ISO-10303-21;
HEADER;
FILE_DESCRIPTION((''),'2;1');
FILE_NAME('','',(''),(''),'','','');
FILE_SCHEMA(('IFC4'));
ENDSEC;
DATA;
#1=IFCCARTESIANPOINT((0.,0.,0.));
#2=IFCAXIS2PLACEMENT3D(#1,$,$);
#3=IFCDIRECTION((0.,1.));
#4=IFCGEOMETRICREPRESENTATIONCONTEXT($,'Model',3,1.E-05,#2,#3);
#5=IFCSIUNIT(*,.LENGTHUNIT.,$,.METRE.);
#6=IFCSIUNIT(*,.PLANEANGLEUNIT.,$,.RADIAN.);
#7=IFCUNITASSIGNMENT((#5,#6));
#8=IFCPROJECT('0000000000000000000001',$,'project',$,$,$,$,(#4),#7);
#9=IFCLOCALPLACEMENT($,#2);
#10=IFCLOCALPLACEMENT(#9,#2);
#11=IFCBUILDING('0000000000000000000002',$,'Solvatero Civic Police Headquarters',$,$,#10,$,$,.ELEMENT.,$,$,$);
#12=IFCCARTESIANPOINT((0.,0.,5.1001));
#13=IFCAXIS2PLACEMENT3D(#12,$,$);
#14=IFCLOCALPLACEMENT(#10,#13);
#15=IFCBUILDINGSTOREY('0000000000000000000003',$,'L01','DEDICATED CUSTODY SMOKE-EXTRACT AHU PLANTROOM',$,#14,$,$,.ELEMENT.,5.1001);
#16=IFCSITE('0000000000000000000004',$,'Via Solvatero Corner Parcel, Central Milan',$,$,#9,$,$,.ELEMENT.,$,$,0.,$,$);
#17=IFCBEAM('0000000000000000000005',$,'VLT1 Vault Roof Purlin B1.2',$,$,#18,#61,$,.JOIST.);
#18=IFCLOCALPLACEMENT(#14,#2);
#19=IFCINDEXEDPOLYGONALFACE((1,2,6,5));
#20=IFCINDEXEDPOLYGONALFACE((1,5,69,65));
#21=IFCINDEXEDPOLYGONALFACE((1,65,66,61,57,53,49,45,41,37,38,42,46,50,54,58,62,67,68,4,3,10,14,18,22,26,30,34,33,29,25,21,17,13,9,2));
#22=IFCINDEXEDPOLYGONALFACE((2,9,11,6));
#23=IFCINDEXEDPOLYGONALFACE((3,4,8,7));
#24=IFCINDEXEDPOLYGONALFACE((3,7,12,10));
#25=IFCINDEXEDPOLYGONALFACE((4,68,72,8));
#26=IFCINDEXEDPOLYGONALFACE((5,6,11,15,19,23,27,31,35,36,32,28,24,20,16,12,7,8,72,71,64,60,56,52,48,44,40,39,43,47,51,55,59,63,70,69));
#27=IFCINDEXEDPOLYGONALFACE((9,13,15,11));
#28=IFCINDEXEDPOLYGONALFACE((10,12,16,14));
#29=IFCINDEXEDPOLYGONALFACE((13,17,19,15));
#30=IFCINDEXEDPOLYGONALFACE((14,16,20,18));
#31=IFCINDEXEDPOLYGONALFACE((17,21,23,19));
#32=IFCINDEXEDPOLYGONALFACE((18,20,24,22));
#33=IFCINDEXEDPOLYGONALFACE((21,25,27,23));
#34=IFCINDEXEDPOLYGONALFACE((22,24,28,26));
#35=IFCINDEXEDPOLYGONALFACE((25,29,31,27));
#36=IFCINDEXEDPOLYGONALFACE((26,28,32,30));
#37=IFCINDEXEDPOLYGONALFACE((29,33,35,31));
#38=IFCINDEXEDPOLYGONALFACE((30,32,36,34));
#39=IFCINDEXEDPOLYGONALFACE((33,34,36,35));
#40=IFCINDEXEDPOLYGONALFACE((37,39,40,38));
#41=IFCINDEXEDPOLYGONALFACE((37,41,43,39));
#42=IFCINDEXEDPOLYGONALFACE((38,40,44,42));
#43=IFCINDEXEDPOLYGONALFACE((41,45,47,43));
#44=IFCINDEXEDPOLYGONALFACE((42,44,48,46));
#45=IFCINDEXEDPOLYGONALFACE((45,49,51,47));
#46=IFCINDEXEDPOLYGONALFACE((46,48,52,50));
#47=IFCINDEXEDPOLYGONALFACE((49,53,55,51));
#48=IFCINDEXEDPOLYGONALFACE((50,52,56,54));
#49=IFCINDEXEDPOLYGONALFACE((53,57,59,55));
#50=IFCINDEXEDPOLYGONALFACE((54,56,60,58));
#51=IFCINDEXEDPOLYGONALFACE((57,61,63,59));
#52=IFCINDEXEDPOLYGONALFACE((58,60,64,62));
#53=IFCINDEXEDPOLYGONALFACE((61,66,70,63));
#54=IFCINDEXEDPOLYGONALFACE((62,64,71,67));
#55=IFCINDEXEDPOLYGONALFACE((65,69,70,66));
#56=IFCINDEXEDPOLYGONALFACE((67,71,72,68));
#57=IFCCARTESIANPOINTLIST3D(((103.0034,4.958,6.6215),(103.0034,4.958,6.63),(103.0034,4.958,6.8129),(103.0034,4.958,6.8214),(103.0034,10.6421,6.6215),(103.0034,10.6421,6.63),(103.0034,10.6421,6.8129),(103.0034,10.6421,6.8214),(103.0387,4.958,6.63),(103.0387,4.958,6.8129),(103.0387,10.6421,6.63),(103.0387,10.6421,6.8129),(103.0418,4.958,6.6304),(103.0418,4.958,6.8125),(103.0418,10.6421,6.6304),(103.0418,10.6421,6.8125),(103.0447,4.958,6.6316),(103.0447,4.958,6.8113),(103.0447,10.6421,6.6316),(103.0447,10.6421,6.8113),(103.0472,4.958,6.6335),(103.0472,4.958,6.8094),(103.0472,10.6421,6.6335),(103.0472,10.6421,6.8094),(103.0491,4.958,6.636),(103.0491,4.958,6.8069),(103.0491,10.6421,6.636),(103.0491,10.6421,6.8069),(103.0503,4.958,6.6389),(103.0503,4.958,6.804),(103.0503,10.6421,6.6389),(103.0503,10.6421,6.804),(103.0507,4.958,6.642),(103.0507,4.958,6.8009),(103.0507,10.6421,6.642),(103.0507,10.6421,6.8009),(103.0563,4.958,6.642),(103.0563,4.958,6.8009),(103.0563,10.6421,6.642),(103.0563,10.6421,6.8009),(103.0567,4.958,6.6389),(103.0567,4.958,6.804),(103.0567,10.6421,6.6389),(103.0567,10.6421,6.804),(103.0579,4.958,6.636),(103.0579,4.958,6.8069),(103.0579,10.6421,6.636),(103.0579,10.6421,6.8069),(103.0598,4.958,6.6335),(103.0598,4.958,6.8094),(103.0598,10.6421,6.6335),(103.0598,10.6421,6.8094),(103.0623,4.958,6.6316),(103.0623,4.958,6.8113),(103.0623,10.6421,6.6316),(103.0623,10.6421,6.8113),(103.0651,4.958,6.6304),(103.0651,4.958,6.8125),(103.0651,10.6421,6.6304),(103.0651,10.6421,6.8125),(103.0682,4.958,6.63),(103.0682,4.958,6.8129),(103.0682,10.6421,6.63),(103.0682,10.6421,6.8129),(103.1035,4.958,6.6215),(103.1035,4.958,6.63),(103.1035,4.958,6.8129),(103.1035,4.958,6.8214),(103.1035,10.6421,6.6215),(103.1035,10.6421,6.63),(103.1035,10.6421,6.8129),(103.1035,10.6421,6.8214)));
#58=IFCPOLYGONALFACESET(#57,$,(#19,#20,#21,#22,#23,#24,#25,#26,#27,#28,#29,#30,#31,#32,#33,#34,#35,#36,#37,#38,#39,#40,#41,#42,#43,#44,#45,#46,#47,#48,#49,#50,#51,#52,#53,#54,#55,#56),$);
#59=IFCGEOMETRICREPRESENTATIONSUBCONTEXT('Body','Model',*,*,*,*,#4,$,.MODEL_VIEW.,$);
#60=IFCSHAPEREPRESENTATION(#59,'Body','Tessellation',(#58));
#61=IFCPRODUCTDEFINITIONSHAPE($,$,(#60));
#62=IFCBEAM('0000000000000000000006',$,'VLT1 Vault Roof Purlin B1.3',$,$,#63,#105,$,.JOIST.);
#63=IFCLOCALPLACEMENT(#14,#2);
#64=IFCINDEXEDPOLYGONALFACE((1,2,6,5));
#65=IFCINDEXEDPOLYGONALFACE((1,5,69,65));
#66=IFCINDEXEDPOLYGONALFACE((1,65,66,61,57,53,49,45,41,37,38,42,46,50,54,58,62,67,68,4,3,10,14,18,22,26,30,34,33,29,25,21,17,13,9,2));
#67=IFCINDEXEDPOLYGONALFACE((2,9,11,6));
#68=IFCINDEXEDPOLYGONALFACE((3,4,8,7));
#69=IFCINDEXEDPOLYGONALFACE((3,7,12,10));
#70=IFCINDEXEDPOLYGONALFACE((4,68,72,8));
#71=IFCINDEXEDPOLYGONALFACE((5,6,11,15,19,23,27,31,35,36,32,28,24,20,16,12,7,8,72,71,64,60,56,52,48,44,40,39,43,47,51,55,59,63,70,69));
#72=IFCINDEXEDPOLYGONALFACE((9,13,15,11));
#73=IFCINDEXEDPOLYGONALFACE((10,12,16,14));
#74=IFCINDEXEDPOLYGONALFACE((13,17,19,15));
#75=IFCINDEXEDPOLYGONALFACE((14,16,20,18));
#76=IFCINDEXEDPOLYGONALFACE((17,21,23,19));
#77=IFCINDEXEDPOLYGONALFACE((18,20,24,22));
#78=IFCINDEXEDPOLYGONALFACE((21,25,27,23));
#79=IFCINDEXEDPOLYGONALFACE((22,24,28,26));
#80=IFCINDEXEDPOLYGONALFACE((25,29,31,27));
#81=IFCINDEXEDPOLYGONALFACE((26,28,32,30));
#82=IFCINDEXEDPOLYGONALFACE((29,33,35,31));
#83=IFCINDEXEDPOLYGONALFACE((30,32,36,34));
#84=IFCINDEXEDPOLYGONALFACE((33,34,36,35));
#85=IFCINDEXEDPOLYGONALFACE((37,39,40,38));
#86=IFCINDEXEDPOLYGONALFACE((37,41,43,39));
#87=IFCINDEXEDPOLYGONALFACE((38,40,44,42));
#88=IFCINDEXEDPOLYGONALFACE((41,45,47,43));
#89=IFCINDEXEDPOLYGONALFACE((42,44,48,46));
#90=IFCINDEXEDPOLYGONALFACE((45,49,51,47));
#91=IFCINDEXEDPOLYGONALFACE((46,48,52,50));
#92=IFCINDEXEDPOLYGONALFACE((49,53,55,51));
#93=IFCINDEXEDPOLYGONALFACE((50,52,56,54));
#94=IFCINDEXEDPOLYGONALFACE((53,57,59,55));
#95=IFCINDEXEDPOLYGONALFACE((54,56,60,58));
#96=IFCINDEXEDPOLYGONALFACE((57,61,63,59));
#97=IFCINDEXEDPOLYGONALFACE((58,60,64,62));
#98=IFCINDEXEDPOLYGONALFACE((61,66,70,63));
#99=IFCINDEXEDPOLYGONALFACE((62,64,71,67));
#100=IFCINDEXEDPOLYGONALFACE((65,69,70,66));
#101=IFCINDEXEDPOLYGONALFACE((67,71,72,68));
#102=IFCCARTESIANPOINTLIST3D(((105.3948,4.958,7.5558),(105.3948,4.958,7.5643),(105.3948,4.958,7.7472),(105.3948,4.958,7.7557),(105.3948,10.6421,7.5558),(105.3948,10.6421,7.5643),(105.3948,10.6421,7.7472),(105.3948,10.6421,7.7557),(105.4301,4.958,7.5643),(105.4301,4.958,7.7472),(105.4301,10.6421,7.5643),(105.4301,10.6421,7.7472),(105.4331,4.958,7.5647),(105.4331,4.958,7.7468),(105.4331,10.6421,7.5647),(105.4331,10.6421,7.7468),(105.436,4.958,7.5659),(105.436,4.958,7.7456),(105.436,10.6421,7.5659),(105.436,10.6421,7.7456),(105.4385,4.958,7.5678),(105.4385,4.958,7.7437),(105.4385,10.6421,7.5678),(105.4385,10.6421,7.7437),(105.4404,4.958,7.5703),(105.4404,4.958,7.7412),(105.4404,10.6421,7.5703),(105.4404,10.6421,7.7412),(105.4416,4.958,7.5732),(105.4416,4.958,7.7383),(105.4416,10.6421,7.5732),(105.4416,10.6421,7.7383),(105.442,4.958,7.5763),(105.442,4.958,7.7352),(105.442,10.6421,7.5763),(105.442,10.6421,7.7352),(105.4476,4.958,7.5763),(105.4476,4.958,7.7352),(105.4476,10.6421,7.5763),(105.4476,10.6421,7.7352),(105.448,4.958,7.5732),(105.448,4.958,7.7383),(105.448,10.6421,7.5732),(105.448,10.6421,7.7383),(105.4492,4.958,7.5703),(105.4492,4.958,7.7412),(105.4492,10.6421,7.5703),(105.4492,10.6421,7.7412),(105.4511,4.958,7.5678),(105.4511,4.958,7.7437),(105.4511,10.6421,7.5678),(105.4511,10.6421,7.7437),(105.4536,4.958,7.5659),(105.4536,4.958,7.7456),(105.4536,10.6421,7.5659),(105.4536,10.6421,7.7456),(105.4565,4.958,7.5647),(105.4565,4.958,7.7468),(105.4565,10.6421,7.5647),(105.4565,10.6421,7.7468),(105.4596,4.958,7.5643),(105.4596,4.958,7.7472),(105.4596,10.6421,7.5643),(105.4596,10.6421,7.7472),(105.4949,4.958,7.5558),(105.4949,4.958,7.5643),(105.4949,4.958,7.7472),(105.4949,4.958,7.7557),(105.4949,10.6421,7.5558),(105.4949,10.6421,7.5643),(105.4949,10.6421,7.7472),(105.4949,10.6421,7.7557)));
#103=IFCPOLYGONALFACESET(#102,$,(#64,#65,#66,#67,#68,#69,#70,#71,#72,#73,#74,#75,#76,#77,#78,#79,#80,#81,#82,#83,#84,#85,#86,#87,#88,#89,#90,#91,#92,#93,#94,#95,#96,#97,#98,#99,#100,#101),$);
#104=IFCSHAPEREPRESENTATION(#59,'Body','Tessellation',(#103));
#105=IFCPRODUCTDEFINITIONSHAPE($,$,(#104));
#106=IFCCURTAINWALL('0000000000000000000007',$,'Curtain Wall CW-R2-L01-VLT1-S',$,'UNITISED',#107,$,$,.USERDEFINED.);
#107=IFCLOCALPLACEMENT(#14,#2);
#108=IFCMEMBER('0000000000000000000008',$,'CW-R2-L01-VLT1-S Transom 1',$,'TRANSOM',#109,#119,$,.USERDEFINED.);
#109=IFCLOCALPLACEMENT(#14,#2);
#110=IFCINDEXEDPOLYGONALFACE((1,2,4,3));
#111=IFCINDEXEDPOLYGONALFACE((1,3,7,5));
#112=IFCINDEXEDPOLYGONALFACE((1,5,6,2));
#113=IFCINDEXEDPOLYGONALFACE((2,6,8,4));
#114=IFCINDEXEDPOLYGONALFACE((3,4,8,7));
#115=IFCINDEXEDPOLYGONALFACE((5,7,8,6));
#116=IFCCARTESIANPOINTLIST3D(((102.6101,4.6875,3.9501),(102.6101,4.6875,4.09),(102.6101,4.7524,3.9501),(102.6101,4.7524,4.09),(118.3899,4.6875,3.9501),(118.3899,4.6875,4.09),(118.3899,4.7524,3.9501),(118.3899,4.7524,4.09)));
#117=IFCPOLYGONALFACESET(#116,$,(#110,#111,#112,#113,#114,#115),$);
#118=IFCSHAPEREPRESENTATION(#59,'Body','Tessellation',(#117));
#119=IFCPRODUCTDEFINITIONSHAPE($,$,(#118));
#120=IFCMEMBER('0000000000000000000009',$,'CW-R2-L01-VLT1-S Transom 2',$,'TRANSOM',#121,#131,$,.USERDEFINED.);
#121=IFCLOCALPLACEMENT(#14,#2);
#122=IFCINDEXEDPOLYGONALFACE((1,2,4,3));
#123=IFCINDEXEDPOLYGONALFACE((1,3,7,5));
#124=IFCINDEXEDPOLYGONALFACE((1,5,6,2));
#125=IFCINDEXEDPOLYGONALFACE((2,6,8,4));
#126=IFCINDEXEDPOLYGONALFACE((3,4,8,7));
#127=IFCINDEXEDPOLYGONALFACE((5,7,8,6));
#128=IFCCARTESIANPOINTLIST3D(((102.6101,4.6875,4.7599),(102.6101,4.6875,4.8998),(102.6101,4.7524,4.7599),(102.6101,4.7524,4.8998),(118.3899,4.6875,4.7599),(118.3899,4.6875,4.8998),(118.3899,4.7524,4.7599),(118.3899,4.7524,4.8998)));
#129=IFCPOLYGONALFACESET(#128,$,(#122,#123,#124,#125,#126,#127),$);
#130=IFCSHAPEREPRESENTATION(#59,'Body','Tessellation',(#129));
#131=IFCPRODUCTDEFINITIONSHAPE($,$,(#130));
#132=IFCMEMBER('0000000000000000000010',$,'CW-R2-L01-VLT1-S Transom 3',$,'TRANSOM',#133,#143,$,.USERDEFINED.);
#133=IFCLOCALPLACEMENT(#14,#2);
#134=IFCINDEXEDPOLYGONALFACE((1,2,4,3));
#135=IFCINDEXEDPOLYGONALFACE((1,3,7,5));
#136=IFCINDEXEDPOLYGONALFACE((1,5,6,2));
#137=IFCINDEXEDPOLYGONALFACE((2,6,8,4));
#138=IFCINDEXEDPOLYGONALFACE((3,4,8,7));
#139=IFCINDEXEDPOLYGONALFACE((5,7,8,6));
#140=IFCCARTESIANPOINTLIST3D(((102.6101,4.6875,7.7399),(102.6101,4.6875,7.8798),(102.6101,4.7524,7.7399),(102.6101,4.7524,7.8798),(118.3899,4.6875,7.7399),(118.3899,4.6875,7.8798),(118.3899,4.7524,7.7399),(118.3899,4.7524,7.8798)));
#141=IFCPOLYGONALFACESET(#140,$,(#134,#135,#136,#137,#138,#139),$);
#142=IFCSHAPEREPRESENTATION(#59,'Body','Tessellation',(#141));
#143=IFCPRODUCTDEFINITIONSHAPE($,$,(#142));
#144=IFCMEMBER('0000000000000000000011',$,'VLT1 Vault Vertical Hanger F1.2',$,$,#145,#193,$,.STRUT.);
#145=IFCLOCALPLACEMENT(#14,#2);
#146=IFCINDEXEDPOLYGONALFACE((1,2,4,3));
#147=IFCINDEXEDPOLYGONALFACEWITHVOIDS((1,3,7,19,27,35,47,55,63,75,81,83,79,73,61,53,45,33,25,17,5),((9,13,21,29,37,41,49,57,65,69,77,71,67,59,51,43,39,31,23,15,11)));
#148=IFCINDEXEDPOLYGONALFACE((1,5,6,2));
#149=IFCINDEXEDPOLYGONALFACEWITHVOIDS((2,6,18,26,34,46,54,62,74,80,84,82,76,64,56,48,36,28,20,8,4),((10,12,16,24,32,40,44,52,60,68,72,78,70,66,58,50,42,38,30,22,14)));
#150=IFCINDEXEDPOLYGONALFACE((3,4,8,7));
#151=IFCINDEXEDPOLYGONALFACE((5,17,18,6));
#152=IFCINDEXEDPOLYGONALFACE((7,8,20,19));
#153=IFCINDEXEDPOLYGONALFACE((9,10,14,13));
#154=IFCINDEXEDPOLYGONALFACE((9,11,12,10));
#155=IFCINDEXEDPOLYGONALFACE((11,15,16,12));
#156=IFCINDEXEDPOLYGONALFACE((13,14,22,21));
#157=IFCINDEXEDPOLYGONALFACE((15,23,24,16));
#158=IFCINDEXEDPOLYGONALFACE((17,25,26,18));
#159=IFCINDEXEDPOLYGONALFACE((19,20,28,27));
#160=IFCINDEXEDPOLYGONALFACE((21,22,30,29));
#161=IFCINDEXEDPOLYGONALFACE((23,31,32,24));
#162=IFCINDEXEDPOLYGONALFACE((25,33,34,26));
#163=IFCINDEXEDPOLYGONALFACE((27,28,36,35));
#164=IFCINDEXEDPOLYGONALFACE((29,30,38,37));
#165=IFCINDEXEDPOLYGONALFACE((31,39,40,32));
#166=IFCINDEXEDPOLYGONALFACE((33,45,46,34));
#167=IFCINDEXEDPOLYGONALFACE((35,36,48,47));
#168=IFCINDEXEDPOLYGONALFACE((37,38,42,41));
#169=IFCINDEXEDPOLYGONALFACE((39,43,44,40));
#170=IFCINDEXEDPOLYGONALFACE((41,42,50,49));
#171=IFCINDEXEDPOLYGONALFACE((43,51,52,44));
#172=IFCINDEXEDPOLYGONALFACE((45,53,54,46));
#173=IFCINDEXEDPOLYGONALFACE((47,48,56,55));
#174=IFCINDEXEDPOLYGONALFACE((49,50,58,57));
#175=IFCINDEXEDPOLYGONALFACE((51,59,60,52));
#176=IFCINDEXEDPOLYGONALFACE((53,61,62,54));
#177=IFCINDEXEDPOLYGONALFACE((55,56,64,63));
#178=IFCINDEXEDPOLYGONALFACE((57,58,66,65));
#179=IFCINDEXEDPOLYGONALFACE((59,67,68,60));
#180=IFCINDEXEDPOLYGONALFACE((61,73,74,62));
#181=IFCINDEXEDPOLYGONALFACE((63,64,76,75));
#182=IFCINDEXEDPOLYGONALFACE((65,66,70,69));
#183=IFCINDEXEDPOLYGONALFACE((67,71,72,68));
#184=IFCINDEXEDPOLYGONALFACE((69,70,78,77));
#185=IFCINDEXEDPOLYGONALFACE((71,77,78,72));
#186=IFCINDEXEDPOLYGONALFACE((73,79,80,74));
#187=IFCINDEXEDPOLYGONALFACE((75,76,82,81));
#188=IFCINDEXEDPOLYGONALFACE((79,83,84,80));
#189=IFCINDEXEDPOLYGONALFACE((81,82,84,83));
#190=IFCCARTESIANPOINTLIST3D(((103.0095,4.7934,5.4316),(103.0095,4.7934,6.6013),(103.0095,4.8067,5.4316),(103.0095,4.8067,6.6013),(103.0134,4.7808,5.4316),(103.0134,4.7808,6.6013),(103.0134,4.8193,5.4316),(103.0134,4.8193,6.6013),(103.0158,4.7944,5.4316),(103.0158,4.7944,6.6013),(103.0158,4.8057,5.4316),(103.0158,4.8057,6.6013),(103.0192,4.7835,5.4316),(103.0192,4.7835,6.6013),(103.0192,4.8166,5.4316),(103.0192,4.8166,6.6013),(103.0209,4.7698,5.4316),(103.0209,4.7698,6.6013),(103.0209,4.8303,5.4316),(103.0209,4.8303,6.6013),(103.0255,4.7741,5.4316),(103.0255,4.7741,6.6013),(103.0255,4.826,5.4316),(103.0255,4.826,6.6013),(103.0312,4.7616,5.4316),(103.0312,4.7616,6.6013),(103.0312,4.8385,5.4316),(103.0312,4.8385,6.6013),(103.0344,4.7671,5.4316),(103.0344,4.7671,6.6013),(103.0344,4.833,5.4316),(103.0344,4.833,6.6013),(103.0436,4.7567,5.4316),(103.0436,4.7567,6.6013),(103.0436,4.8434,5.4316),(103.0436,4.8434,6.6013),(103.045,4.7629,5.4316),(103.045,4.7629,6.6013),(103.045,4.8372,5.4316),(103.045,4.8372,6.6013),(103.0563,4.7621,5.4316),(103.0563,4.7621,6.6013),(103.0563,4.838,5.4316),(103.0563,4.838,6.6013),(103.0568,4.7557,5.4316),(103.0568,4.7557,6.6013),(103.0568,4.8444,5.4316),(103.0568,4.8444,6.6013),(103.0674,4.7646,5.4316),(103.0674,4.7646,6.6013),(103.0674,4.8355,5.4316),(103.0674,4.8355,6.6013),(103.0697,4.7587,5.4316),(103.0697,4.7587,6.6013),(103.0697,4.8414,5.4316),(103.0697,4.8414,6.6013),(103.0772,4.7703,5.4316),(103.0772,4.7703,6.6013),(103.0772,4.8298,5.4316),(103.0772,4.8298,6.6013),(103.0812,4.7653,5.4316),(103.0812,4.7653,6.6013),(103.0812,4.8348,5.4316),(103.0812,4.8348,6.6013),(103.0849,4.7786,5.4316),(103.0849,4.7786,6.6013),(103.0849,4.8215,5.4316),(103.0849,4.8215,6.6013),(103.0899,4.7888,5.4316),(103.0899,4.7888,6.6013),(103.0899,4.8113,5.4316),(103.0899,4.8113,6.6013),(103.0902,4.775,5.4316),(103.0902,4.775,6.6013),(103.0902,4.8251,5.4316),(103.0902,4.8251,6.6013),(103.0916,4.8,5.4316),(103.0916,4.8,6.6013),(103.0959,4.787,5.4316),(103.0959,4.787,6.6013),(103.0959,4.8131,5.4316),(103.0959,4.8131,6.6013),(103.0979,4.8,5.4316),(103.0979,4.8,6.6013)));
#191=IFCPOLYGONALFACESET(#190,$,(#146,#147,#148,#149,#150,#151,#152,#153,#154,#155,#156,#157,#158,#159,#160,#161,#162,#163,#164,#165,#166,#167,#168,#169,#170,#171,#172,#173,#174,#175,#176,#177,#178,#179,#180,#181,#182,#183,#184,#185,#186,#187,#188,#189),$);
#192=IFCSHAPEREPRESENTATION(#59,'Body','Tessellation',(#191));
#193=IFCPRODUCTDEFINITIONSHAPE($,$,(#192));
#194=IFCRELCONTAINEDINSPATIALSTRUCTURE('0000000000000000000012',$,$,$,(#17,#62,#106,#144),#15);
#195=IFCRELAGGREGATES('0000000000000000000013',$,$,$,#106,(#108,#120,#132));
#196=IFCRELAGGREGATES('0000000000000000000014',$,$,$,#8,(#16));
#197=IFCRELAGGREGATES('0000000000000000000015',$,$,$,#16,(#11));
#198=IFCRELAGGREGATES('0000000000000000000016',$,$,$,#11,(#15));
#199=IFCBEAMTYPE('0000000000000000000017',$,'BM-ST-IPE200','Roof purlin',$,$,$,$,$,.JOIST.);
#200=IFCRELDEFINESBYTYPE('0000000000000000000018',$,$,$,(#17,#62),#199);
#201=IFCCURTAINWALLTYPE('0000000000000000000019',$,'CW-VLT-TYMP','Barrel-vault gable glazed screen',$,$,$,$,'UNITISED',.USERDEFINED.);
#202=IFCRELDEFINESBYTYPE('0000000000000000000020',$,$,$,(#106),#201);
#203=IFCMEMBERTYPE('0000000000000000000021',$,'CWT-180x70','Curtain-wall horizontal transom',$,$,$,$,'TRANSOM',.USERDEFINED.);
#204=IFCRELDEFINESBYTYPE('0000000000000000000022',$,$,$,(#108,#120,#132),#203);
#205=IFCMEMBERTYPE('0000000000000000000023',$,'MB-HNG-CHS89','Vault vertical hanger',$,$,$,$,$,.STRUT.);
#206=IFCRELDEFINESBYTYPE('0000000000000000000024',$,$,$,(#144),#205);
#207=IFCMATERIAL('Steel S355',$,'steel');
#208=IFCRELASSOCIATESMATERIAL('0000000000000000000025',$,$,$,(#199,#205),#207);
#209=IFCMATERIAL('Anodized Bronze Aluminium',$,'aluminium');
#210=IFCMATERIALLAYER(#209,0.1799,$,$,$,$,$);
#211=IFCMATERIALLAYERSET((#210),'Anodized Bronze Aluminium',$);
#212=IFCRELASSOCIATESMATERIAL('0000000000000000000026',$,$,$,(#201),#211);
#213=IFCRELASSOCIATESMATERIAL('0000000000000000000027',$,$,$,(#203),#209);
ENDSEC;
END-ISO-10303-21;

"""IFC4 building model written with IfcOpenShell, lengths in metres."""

from ifc_helpers import new_model, si_unit, direction, frame, origin, origin_2d, place, context, subcontext, project, spatial, rectangle, hollow_circle, i_section, extrude, material, layer, layer_set, material_profile, profile_set, type_object, element, aggregate, save


model = new_model("IFC4")

# Units and contexts
model_context = context("Model", 3, precision=1e-05, world=origin(), true_north=direction((0.0, 1.0)))
body_context = subcontext(model_context, "Body", "Model", "MODEL_VIEW")
ifc_project = project(units=[si_unit("LENGTHUNIT", "METRE"), si_unit("PLANEANGLEUNIT", "RADIAN")], contexts=[model_context])

# Site, building, storey
site_placement = place(None, origin())
site = spatial("IfcSite", under=ifc_project, at=site_placement, Name="Via Solvatero Corner Parcel, Central Milan", CompositionType="ELEMENT", RefElevation=0.0)
building_placement = place(site_placement, origin())
building = spatial("IfcBuilding", under=site, at=building_placement, Name="Solvatero Civic Police Headquarters", CompositionType="ELEMENT")
storey_placement = place(building_placement, frame((0.0, 0.0, 5.1001)))
storey = spatial("IfcBuildingStorey", under=building, at=storey_placement, Name="L01", Description="DEDICATED CUSTODY SMOKE-EXTRACT AHU PLANTROOM", CompositionType="ELEMENT", Elevation=5.1001)

# Beams
ifc_material_1 = material(Name="Steel S355", Category="steel")
ifc_material_profile_1 = material_profile(ifc_material_1, i_section(OverallWidth=0.1001, OverallDepth=0.2, WebThickness=0.0056, FlangeThickness=0.0085, FilletRadius=0.012, at=origin_2d()), Name="IPE 200")
ifc_profile_set_1 = profile_set([ifc_material_profile_1], Name="Steel S355")
beam_type_1 = type_object("IfcBeamType", Name="BM-ST-IPE200", Description="Roof purlin", PredefinedType="JOIST", material=ifc_profile_set_1)
for number, where, z_axis, x_axis, name in (
    (1, (103.0535, 4.958, 6.7214), (0.0, 1.0, 0.0), (-1.0, 0.0, 0.0), "VLT1 Vault Roof Purlin B1.2"),
    (2, (105.4448, 4.958, 7.6558), (0.0, 1.0, 0.0), (-1.0, 0.0, 0.0), "VLT1 Vault Roof Purlin B1.3"),
):
    element("IfcBeam", number, at=place(storey_placement, frame(where, z_axis=z_axis, x_axis=x_axis)), inside=storey, type_object=beam_type_1, Name=name, PredefinedType="JOIST", context=body_context, shape_type="SweptSolid", body=[
        extrude(i_section(OverallWidth=0.1001, OverallDepth=0.2, WebThickness=0.0056, FlangeThickness=0.0085, FilletRadius=0.012, at=origin_2d()), origin(), (0.0, 0.0, 1.0), 5.6841),
    ])

# Curtain wall, members
ifc_material_2 = material(Name="Anodized Bronze Aluminium", Category="aluminium")
ifc_layer_1 = layer(ifc_material_2, 0.1799)
ifc_layer_set_1 = layer_set([ifc_layer_1], Name="Anodized Bronze Aluminium")
curtain_wall_type = type_object("IfcCurtainWallType", Name="CW-VLT-TYMP", Description="Barrel-vault gable glazed screen", ElementType="UNITISED", PredefinedType="USERDEFINED", material=ifc_layer_set_1)
curtain_wall_placement = place(storey_placement, origin())
curtain_wall = element("IfcCurtainWall", 3, at=curtain_wall_placement, inside=storey, type_object=curtain_wall_type, Name="Curtain Wall CW-R2-L01-VLT1-S", ObjectType="UNITISED", PredefinedType="USERDEFINED")
ifc_material_profile_2 = material_profile(ifc_material_2, rectangle(XDim=0.0649, YDim=0.1399, at=origin_2d()), Name="ALU TRANSOM 65x140")
ifc_profile_set_2 = profile_set([ifc_material_profile_2], Name="Anodized Bronze Aluminium")
member_type_1 = type_object("IfcMemberType", Name="CWT-180x70", Description="Curtain-wall horizontal transom", ElementType="TRANSOM", PredefinedType="USERDEFINED", material=ifc_profile_set_2)
member_1_placement = place(storey_placement, frame((102.6101, 4.72, 4.02), z_axis=(1.0, 0.0, 0.0), x_axis=(0.0, 1.0, 0.0)))
member_1 = element("IfcMember", 4, at=member_1_placement, type_object=member_type_1, Name="CW-R2-L01-VLT1-S Transom 1", ObjectType="TRANSOM", PredefinedType="USERDEFINED", context=body_context, shape_type="SweptSolid", body=[
    extrude(rectangle(XDim=0.0649, YDim=0.1399, at=origin_2d()), origin(), (0.0, 0.0, 1.0), 15.7798),
])
member_2_placement = place(storey_placement, frame((102.6101, 4.72, 4.8298), z_axis=(1.0, 0.0, 0.0), x_axis=(0.0, 1.0, 0.0)))
member_2 = element("IfcMember", 5, at=member_2_placement, type_object=member_type_1, Name="CW-R2-L01-VLT1-S Transom 2", ObjectType="TRANSOM", PredefinedType="USERDEFINED", context=body_context, shape_type="SweptSolid", body=[
    extrude(rectangle(XDim=0.0649, YDim=0.1399, at=origin_2d()), origin(), (0.0, 0.0, 1.0), 15.7798),
])
member_3_placement = place(storey_placement, frame((102.6101, 4.72, 7.8098), z_axis=(1.0, 0.0, 0.0), x_axis=(0.0, 1.0, 0.0)))
member_3 = element("IfcMember", 6, at=member_3_placement, type_object=member_type_1, Name="CW-R2-L01-VLT1-S Transom 3", ObjectType="TRANSOM", PredefinedType="USERDEFINED", context=body_context, shape_type="SweptSolid", body=[
    extrude(rectangle(XDim=0.0649, YDim=0.1399, at=origin_2d()), origin(), (0.0, 0.0, 1.0), 15.7798),
])

# Member
ifc_material_profile_3 = material_profile(ifc_material_1, hollow_circle(Radius=0.0444, WallThickness=0.0063, at=origin_2d()), Name="CHS 88.9x6.3")
ifc_profile_set_3 = profile_set([ifc_material_profile_3], Name="Steel S355")
member_type_2 = type_object("IfcMemberType", Name="MB-HNG-CHS89", Description="Vault vertical hanger", PredefinedType="STRUT", material=ifc_profile_set_3)
member_4_placement = place(storey_placement, frame((103.0535, 4.8, 5.4316), z_axis=(0.0, 0.0, 1.0), x_axis=(1.0, 0.0, 0.0)))
element("IfcMember", 7, at=member_4_placement, inside=storey, type_object=member_type_2, Name="VLT1 Vault Vertical Hanger F1.2", PredefinedType="STRUT", context=body_context, shape_type="SweptSolid", body=[
    extrude(hollow_circle(Radius=0.0444, WallThickness=0.0063, at=origin_2d()), origin(), (0.0, 0.0, 1.0), 1.1697),
])

aggregate(curtain_wall, [member_1, member_2, member_3])

save(model, "model.ifc")
